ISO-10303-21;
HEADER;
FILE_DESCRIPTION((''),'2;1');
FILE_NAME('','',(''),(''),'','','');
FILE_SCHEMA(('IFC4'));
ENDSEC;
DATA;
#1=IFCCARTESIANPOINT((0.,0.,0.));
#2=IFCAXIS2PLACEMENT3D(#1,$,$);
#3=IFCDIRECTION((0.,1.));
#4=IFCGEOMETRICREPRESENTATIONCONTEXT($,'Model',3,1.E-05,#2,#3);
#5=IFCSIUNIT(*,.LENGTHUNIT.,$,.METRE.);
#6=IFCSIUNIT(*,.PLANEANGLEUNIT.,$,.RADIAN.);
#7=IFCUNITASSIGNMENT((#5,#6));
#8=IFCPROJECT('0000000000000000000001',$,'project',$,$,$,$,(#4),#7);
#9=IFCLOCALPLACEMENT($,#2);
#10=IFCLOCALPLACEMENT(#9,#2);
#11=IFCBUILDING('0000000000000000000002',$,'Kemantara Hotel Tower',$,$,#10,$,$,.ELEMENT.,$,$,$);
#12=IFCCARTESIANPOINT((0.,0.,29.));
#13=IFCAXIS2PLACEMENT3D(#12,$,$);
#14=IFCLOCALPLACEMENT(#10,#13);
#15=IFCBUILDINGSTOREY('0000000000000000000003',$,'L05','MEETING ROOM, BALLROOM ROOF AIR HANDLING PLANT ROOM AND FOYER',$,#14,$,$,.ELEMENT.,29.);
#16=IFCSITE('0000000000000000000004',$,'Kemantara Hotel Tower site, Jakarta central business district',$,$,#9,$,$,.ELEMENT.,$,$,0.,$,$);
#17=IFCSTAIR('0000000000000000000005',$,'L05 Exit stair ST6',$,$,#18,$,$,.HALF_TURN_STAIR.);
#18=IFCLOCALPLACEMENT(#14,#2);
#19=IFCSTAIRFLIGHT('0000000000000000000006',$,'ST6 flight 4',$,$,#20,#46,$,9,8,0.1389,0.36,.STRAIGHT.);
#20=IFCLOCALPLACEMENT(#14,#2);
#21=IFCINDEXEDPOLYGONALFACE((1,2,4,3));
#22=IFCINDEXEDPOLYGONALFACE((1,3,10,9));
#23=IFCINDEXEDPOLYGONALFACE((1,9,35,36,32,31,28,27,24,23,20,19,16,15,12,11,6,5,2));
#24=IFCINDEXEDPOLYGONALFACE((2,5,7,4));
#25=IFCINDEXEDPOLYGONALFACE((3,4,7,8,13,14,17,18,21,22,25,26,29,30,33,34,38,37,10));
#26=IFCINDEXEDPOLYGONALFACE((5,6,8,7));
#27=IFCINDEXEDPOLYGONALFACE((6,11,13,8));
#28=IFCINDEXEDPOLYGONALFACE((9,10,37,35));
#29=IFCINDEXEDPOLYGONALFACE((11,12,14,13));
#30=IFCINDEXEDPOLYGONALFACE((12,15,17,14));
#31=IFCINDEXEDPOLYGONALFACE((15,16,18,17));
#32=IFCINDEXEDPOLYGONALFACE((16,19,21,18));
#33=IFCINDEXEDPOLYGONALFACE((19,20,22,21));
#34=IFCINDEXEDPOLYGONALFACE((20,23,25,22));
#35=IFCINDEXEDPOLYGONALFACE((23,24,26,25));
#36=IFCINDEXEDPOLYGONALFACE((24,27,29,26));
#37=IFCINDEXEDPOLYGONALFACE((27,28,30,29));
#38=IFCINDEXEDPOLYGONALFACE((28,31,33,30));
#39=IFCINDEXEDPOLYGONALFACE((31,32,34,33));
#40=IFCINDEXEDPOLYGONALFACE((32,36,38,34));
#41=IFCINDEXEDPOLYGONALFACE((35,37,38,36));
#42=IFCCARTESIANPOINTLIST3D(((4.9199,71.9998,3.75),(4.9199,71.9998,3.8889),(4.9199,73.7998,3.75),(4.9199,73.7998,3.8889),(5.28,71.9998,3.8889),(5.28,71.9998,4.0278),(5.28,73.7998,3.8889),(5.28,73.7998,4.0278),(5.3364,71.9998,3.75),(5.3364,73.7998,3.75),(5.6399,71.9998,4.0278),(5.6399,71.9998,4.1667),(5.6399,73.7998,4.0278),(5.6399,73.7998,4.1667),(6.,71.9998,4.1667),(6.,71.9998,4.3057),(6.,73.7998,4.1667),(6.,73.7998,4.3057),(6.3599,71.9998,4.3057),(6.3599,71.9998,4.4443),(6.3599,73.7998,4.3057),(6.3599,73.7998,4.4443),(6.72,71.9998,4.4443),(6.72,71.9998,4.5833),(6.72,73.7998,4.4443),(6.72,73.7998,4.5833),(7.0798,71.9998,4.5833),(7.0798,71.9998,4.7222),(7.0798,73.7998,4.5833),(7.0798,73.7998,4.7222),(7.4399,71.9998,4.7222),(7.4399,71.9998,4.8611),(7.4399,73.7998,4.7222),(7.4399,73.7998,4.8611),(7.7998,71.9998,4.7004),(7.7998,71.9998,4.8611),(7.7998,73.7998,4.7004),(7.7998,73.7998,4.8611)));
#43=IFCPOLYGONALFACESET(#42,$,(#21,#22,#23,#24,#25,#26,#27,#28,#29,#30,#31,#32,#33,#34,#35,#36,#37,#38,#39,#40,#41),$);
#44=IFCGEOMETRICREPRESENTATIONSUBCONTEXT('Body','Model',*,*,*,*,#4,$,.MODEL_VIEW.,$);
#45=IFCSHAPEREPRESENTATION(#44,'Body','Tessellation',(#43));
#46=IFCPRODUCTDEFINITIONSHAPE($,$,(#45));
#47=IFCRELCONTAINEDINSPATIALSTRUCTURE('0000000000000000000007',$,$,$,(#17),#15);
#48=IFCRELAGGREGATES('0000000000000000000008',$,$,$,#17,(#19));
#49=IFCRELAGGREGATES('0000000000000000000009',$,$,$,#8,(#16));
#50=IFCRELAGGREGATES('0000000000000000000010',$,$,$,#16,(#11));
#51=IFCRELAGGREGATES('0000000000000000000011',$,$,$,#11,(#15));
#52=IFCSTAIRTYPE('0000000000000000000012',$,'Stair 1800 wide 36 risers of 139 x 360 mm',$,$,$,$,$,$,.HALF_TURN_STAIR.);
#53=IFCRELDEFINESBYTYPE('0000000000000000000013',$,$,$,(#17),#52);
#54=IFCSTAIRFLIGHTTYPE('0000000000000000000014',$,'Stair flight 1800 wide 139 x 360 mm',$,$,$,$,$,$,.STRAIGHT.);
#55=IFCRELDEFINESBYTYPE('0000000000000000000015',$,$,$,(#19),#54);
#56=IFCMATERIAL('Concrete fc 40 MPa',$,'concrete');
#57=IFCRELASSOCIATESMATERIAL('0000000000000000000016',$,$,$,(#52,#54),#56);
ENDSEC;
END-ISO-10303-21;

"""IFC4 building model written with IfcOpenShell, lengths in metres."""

from ifc_helpers import new_model, si_unit, direction, frame, origin, place, context, subcontext, project, spatial, polyline, outline, extrude, material, type_object, element, aggregate, save


model = new_model("IFC4")

# Units and contexts
model_context = context("Model", 3, precision=1e-05, world=origin(), true_north=direction((0.0, 1.0)))
body_context = subcontext(model_context, "Body", "Model", "MODEL_VIEW")
ifc_project = project(units=[si_unit("LENGTHUNIT", "METRE"), si_unit("PLANEANGLEUNIT", "RADIAN")], contexts=[model_context])

# Site, building, storey
site_placement = place(None, origin())
site = spatial("IfcSite", under=ifc_project, at=site_placement, Name="Kemantara Hotel Tower site, Jakarta central business district", CompositionType="ELEMENT", RefElevation=0.0)
building_placement = place(site_placement, origin())
building = spatial("IfcBuilding", under=site, at=building_placement, Name="Kemantara Hotel Tower", CompositionType="ELEMENT")
storey_placement = place(building_placement, frame((0.0, 0.0, 29.0)))
storey = spatial("IfcBuildingStorey", under=building, at=storey_placement, Name="L05", Description="MEETING ROOM, BALLROOM ROOF AIR HANDLING PLANT ROOM AND FOYER", CompositionType="ELEMENT", Elevation=29.0)

# Shared definitions
ifc_material_1 = material(Name="Concrete fc 40 MPa", Category="concrete")

# Stair, stair flight
stair_type = type_object("IfcStairType", Name="Stair 1800 wide 36 risers of 139 x 360 mm", PredefinedType="HALF_TURN_STAIR", material=ifc_material_1)
stair_placement = place(storey_placement, origin())
stair = element("IfcStair", 1, at=stair_placement, inside=storey, type_object=stair_type, Name="L05 Exit stair ST6", PredefinedType="HALF_TURN_STAIR")
stair_flight_type = type_object("IfcStairFlightType", Name="Stair flight 1800 wide 139 x 360 mm", PredefinedType="STRAIGHT", material=ifc_material_1)
stair_flight_1_placement = place(storey_placement, frame((4.9199, 72.8999, 3.75), z_axis=(0.0, 0.0, 1.0), x_axis=(1.0, 0.0, 0.0)))
stair_flight_1 = element("IfcStairFlight", 2, at=stair_flight_1_placement, type_object=stair_flight_type, Name="ST6 flight 4", NumberOfRisers=9, NumberOfTreads=8, PredefinedType="STRAIGHT", RiserHeight=0.1389, TreadLength=0.36, context=body_context, shape_type="SweptSolid", body=[
    extrude(outline(polyline([(0.0, 0.0), (0.0, 0.1389), (0.3601, 0.1389), (0.3601, 0.2778), (0.72, 0.2778), (0.72, 0.4167), (1.0801, 0.4167), (1.0801, 0.5557), (1.4399, 0.5557), (1.4399, 0.6943), (1.8, 0.6943), (1.8, 0.8333), (2.1599, 0.8333), (2.1599, 0.9722), (2.52, 0.9722), (2.52, 1.1111), (2.8799, 1.1111), (2.8799, 1.25), (2.8799, 0.9504), (0.4165, 0.0), (0.0, 0.0)])), frame((0.0, 0.8999, 0.0), z_axis=(0.0, -1.0, 0.0), x_axis=(1.0, 0.0, 0.0)), (0.0, 0.0, 1.0), 1.8),
])
aggregate(stair, [stair_flight_1])

save(model, "model.ifc")
